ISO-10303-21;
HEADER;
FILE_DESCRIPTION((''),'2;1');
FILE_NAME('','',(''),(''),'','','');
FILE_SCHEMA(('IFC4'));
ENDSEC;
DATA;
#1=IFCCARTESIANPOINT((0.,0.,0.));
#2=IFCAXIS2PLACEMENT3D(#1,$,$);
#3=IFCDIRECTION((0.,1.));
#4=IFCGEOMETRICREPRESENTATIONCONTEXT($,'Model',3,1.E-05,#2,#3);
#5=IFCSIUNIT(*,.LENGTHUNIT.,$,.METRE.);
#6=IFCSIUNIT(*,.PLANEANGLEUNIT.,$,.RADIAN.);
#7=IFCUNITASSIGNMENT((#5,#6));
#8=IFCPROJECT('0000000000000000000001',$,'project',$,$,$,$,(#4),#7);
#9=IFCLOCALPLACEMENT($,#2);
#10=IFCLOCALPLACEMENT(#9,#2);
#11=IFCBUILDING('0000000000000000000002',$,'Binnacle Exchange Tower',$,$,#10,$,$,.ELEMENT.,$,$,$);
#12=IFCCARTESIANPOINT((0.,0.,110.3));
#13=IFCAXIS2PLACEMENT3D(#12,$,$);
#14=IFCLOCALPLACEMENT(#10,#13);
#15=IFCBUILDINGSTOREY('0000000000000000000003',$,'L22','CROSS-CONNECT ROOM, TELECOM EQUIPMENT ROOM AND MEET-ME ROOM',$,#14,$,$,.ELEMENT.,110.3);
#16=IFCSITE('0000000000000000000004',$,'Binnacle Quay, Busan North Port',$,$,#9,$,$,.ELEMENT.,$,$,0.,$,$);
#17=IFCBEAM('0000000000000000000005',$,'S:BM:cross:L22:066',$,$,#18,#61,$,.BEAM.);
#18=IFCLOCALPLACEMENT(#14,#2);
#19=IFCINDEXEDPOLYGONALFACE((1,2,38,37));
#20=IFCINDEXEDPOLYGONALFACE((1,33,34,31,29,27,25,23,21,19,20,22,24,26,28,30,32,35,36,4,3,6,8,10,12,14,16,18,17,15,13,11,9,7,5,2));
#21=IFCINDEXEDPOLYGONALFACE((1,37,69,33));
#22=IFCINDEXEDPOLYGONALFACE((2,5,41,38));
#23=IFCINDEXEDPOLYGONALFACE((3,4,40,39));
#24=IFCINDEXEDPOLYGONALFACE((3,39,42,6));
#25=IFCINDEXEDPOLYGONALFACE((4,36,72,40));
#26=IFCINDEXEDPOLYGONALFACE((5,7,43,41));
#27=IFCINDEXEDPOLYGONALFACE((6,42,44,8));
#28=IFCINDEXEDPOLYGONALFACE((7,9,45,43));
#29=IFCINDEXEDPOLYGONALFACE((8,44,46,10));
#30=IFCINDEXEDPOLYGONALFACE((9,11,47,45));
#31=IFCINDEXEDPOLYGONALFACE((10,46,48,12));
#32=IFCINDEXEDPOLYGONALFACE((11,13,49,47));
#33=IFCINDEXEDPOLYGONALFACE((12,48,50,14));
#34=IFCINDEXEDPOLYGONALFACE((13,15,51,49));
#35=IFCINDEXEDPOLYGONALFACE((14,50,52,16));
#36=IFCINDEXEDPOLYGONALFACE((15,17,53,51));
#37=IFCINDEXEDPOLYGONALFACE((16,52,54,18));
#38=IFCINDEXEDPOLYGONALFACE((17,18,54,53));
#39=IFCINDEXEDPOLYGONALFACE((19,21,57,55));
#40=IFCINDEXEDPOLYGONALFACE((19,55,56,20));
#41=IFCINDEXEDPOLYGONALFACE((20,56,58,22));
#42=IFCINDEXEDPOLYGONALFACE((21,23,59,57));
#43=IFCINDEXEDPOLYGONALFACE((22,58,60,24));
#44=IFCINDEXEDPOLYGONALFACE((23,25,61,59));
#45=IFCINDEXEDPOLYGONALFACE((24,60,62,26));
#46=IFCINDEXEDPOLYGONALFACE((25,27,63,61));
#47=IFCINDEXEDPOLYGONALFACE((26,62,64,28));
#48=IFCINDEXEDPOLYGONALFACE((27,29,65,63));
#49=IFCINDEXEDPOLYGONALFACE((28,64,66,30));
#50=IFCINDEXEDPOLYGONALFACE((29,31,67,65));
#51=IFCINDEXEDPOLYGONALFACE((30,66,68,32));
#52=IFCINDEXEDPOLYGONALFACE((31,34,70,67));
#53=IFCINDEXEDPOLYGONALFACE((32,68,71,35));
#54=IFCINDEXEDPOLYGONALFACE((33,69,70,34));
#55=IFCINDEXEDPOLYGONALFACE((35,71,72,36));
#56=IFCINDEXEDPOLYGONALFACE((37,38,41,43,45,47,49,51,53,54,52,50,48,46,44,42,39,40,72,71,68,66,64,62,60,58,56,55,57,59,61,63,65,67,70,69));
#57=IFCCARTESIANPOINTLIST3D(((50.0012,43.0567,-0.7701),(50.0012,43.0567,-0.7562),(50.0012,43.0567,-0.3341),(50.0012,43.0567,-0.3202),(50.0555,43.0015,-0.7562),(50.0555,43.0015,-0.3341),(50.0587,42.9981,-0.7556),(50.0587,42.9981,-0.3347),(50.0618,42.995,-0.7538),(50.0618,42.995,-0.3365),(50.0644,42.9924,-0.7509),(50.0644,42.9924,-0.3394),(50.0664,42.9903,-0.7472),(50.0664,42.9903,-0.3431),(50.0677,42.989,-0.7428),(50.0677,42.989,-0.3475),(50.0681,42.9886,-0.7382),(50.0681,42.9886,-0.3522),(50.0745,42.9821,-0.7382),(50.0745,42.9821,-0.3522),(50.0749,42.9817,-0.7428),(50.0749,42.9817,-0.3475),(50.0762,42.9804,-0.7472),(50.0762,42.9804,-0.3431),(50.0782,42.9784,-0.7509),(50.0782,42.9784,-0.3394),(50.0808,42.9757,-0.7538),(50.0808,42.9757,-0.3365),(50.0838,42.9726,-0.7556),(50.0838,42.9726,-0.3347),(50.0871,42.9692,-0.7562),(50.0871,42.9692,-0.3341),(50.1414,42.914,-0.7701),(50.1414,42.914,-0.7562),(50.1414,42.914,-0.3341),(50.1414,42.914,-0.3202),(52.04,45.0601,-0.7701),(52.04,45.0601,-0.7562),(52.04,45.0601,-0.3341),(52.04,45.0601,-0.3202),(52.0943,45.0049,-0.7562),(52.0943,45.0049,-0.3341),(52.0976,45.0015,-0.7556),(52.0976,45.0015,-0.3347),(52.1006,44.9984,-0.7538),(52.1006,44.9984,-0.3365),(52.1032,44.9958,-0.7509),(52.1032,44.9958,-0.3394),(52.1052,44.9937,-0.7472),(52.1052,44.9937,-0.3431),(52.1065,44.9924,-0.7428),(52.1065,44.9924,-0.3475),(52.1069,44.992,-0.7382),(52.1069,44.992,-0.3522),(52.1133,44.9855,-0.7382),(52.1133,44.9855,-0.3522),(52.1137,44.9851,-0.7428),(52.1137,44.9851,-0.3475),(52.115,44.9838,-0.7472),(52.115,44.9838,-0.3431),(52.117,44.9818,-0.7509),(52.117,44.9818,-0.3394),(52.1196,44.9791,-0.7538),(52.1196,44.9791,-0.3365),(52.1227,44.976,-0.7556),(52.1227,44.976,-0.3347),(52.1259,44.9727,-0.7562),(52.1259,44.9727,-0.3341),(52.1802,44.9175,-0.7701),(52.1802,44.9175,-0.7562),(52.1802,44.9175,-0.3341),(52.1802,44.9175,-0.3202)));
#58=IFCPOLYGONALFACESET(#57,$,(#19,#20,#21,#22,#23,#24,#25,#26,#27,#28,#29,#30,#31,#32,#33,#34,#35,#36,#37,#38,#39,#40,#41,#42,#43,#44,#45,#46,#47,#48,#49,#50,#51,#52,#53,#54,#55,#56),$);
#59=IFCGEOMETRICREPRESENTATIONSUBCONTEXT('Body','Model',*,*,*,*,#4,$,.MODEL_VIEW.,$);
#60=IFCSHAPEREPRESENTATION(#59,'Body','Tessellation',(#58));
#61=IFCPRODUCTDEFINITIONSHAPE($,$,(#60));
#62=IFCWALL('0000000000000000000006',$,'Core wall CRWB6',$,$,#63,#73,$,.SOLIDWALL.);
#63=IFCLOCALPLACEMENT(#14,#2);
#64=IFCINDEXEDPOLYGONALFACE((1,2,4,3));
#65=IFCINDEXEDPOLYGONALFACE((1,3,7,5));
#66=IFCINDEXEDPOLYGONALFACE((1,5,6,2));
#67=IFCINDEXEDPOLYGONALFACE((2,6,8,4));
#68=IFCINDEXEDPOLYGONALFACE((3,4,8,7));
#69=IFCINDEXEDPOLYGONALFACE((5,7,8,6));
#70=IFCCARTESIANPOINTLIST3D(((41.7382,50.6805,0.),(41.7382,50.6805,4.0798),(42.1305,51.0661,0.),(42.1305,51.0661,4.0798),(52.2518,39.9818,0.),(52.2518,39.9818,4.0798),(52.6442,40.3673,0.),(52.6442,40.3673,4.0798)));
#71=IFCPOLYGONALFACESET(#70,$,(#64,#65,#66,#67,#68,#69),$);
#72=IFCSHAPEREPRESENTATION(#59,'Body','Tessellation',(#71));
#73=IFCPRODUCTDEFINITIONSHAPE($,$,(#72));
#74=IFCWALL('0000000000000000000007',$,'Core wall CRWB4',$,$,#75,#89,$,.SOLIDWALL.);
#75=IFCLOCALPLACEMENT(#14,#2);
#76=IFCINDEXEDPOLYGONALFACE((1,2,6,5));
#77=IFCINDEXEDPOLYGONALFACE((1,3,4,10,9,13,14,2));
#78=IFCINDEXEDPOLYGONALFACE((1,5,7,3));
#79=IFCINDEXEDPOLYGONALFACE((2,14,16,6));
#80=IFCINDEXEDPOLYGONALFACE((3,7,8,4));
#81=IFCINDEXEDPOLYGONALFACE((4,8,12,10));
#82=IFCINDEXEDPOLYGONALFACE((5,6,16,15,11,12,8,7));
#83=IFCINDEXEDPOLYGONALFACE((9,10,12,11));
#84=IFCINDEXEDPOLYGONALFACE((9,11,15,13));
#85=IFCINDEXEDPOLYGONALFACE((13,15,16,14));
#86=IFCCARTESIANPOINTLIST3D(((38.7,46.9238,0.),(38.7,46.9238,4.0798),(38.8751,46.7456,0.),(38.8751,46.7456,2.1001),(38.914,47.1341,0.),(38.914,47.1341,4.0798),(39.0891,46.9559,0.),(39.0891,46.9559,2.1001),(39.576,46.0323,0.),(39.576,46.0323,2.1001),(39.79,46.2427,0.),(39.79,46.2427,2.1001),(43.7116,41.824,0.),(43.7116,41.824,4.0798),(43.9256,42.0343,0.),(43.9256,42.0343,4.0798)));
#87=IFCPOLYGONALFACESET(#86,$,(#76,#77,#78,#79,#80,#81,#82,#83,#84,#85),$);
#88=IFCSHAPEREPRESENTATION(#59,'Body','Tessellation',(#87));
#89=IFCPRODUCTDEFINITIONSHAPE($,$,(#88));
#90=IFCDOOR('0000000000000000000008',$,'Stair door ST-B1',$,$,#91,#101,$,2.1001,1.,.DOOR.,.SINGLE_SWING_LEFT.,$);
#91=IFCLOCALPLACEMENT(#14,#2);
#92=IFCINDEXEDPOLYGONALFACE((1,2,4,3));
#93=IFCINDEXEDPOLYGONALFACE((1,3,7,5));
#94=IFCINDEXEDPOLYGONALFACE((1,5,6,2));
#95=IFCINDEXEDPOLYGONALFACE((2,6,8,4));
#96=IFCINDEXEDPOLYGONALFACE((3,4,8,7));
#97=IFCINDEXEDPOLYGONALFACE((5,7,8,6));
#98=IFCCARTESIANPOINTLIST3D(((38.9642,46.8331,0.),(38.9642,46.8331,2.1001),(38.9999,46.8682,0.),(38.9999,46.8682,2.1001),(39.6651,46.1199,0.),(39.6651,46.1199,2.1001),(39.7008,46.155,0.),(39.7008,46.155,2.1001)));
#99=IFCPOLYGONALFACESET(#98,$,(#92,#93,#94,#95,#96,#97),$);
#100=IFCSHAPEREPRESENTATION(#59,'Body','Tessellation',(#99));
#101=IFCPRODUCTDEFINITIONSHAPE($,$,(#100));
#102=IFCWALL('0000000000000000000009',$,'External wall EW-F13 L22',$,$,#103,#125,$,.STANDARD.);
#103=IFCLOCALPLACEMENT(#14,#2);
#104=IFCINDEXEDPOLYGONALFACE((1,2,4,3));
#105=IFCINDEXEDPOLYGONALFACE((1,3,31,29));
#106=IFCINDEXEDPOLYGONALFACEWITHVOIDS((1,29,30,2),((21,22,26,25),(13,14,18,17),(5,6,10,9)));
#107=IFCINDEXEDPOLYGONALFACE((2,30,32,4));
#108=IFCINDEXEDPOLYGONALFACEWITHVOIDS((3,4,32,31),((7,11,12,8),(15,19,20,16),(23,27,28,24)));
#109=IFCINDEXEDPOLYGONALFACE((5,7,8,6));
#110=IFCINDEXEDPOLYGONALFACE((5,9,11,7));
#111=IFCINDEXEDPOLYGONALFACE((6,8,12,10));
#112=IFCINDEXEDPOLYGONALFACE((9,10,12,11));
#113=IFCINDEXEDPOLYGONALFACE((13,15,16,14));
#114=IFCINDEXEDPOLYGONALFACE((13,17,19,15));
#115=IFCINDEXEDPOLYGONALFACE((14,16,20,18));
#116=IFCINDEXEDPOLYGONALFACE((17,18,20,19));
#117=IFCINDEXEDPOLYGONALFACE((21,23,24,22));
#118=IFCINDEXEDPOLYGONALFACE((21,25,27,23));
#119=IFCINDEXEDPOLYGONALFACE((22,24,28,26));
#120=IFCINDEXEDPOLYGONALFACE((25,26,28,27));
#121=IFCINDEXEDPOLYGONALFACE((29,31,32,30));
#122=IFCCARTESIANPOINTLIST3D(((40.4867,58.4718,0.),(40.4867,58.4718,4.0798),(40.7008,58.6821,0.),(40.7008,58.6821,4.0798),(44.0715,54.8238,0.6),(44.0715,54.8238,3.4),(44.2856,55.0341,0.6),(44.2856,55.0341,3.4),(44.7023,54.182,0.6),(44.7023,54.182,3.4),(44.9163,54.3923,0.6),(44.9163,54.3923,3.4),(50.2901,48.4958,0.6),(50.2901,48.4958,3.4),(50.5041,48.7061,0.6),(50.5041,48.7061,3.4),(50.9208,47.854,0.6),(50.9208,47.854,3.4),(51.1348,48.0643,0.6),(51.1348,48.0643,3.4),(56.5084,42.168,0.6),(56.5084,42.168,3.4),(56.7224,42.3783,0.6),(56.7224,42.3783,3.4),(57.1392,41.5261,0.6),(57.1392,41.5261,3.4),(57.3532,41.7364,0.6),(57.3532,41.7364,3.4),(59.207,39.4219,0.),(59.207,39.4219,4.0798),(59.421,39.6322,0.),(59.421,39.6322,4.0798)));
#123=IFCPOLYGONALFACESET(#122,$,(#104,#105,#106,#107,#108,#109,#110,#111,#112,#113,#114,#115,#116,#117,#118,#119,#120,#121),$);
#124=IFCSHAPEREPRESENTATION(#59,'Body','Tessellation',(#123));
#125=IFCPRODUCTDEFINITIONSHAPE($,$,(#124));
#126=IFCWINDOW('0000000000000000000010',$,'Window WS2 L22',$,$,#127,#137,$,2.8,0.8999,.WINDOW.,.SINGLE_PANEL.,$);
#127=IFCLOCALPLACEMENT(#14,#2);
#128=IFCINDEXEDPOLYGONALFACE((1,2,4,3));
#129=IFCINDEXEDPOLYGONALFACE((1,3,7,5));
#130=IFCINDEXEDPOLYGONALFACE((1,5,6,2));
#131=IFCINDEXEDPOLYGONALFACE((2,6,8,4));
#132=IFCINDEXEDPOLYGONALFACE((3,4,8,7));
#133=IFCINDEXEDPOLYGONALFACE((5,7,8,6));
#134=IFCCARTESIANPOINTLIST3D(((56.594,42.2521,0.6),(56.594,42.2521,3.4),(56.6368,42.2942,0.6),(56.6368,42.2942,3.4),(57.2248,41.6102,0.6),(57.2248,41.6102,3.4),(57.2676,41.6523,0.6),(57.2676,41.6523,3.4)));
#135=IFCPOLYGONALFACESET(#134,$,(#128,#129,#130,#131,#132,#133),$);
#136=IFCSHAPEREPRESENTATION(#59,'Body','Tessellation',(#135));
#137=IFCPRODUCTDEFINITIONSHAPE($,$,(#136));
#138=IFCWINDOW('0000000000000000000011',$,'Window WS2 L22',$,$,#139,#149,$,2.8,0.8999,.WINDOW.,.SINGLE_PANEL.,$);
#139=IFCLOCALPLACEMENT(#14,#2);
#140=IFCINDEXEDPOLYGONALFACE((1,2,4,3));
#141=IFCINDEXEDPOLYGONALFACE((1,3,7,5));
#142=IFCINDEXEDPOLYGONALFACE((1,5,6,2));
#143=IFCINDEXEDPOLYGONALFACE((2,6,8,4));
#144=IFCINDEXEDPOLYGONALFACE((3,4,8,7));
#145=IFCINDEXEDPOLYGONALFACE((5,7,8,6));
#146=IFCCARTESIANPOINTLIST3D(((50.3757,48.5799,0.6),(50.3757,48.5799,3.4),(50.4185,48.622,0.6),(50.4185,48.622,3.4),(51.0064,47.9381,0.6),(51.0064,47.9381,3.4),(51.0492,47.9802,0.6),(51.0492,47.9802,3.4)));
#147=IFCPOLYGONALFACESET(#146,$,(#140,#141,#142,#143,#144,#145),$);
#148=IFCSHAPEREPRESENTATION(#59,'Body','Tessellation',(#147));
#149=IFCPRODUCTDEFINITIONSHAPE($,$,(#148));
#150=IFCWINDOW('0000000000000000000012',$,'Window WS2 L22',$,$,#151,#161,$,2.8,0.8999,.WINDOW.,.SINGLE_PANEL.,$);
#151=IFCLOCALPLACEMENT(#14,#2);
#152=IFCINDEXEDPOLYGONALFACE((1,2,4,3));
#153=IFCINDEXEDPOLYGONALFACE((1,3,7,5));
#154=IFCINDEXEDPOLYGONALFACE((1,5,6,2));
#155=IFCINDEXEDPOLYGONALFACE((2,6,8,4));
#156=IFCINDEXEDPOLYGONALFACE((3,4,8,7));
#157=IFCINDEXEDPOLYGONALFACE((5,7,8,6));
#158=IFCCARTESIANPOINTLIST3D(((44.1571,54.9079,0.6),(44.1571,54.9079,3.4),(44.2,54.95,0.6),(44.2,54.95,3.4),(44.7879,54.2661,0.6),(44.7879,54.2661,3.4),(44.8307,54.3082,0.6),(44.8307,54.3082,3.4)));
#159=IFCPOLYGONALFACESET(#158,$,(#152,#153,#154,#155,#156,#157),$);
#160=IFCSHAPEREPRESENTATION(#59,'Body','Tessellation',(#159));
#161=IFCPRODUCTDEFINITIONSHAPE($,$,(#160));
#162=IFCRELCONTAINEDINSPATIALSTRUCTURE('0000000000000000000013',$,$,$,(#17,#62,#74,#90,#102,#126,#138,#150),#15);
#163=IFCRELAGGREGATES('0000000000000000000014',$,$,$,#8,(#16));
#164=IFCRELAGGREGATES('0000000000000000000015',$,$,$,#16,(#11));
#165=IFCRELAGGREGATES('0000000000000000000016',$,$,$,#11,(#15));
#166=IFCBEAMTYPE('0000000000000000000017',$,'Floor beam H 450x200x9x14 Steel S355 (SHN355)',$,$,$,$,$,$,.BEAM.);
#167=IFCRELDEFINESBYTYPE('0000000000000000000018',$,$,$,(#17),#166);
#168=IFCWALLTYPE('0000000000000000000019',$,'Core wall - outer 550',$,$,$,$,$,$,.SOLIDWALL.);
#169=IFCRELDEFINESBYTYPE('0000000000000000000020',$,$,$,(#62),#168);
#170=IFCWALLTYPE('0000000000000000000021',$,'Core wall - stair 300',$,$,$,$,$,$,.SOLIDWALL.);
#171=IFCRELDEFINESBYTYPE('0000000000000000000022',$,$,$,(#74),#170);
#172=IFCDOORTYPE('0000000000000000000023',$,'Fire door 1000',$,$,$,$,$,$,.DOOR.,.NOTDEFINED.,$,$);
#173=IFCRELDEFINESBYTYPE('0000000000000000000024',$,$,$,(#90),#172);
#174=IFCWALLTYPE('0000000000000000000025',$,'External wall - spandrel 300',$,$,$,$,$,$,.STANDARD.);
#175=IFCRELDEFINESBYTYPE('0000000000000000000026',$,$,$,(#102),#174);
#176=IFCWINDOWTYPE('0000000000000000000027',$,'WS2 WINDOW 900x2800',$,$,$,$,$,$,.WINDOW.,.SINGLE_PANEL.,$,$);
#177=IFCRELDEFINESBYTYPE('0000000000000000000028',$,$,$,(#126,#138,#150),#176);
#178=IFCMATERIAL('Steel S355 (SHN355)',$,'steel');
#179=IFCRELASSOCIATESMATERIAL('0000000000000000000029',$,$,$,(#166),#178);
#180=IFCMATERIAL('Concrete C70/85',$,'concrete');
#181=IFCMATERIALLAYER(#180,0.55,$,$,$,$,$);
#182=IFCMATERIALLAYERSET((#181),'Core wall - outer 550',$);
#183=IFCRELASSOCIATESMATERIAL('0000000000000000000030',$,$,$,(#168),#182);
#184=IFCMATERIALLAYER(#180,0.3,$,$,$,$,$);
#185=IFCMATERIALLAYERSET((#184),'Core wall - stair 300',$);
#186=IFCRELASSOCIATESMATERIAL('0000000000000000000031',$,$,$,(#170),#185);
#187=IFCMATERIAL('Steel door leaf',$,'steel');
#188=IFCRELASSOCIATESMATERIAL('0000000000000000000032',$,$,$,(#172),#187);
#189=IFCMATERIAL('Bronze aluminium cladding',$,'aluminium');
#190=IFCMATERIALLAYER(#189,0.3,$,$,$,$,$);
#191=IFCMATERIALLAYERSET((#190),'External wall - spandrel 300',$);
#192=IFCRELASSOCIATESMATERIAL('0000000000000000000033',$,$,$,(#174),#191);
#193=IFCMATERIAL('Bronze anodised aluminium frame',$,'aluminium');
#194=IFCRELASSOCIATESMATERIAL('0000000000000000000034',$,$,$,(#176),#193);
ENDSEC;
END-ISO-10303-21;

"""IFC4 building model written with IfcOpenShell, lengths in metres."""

from ifc_helpers import new_model, si_unit, direction, frame, frame_2d, origin, origin_2d, place, context, subcontext, project, spatial, rectangle, i_section, extrude, material, layer, layer_set, material_profile, profile_set, type_object, element, fill, save


model = new_model("IFC4")

# Units and contexts
model_context = context("Model", 3, precision=1e-05, world=origin(), true_north=direction((0.0, 1.0)))
body_context = subcontext(model_context, "Body", "Model", "MODEL_VIEW")
ifc_project = project(units=[si_unit("LENGTHUNIT", "METRE"), si_unit("PLANEANGLEUNIT", "RADIAN")], contexts=[model_context])

# Site, building, storey
site_placement = place(None, origin())
site = spatial("IfcSite", under=ifc_project, at=site_placement, Name="Binnacle Quay, Busan North Port", CompositionType="ELEMENT", RefElevation=0.0)
building_placement = place(site_placement, origin())
building = spatial("IfcBuilding", under=site, at=building_placement, Name="Binnacle Exchange Tower", CompositionType="ELEMENT")
storey_placement = place(building_placement, frame((0.0, 0.0, 110.3)))
storey = spatial("IfcBuildingStorey", under=building, at=storey_placement, Name="L22", Description="CROSS-CONNECT ROOM, TELECOM EQUIPMENT ROOM AND MEET-ME ROOM", CompositionType="ELEMENT", Elevation=110.3)

# Shared definitions
ifc_material_1 = material(Name="Concrete C70/85", Category="concrete")

# Beam
ifc_material_2 = material(Name="Steel S355 (SHN355)", Category="steel")
ifc_material_profile_1 = material_profile(ifc_material_2, i_section(OverallWidth=0.2, OverallDepth=0.45, WebThickness=0.009, FlangeThickness=0.0139, FilletRadius=0.0181, at=origin_2d()), Name="H 450x200x9x14")
ifc_profile_set_1 = profile_set([ifc_material_profile_1], Name="Steel S355 (SHN355)")
beam_type_1 = type_object("IfcBeamType", Name="Floor beam H 450x200x9x14 Steel S355 (SHN355)", PredefinedType="BEAM", material=ifc_profile_set_1)
for number, where, z_axis, x_axis, name in (
    (1, (52.1101, 44.9888, -0.5452), (-0.713272, -0.700887, 0.0), (0.700887, -0.713272, 0.0), "S:BM:cross:L22:066"),
):
    element("IfcBeam", number, at=place(storey_placement, frame(where, z_axis=z_axis, x_axis=x_axis)), inside=storey, type_object=beam_type_1, Name=name, PredefinedType="BEAM", context=body_context, shape_type="SweptSolid", body=[
        extrude(i_section(OverallWidth=0.2, OverallDepth=0.45, WebThickness=0.009, FlangeThickness=0.0139, FilletRadius=0.0181, at=origin_2d()), origin(), (0.0, 0.0, 1.0), 2.8584),
    ])

# Wall
ifc_layer_1 = layer(ifc_material_1, 0.55)
ifc_layer_set_1 = layer_set([ifc_layer_1], Name="Core wall - outer 550")
wall_type_1 = type_object("IfcWallType", Name="Core wall - outer 550", PredefinedType="SOLIDWALL", material=ifc_layer_set_1)
wall_1_placement = place(storey_placement, frame((41.9343, 50.8733, 0.0), z_axis=(0.0, 0.0, 1.0), x_axis=(0.700911, -0.713248, 0.0)))
element("IfcWall", 2, at=wall_1_placement, inside=storey, type_object=wall_type_1, Name="Core wall CRWB6", PredefinedType="SOLIDWALL", context=body_context, shape_type="SweptSolid", body=[
    extrude(rectangle(XDim=15.0, YDim=0.55, at=frame_2d((7.5, 0.0))), origin(), (0.0, 0.0, 1.0), 4.0798),
])

# Wall, opening, door
ifc_layer_2 = layer(ifc_material_1, 0.3)
ifc_layer_set_2 = layer_set([ifc_layer_2], Name="Core wall - stair 300")
wall_type_2 = type_object("IfcWallType", Name="Core wall - stair 300", PredefinedType="SOLIDWALL", material=ifc_layer_set_2)
wall_2_placement = place(storey_placement, frame((38.8069, 47.0291, 0.0), z_axis=(0.0, 0.0, 1.0), x_axis=(0.700917, -0.713243, 0.0)))
wall_2 = element("IfcWall", 3, at=wall_2_placement, inside=storey, type_object=wall_type_2, Name="Core wall CRWB4", PredefinedType="SOLIDWALL", context=body_context, shape_type="SweptSolid", body=[
    extrude(rectangle(XDim=7.1501, YDim=0.3, at=frame_2d((3.5752, 0.0))), origin(), (0.0, 0.0, 1.0), 4.0798),
])
opening_1_placement = place(wall_2_placement, frame((0.25, 0.0, 0.0)))
opening_1 = element("IfcOpeningElement", 4, at=opening_1_placement, cuts=wall_2, PredefinedType="OPENING", context=body_context, shape_type="SweptSolid", body=[
    extrude(rectangle(XDim=1.0, YDim=2.1001, at=frame_2d((0.5, 1.05))), frame((0.0, 0.1599, 0.0), z_axis=(0.0, -1.0, 0.0), x_axis=(1.0, 0.0, 0.0)), (0.0, 0.0, 1.0), 0.3201),
])
ifc_material_3 = material(Name="Steel door leaf", Category="steel")
door_type = type_object("IfcDoorType", Name="Fire door 1000", OperationType="NOTDEFINED", PredefinedType="DOOR", material=ifc_material_3)
door_1_placement = place(opening_1_placement, origin())
door_1 = element("IfcDoor", 5, at=door_1_placement, inside=storey, type_object=door_type, Name="Stair door ST-B1", OperationType="SINGLE_SWING_LEFT", OverallHeight=2.1001, OverallWidth=1.0, PredefinedType="DOOR", context=body_context, shape_type="SweptSolid", body=[
    extrude(rectangle(XDim=1.0, YDim=2.1001, at=frame_2d((0.5, 1.05))), frame((0.0, 0.0249, 0.0), z_axis=(0.0, -1.0, 0.0), x_axis=(1.0, 0.0, 0.0)), (0.0, 0.0, 1.0), 0.05),
])
fill(opening_1, door_1)

# Wall, openings, windows
ifc_material_4 = material(Name="Bronze aluminium cladding", Category="aluminium")
ifc_layer_3 = layer(ifc_material_4, 0.3)
ifc_layer_set_3 = layer_set([ifc_layer_3], Name="External wall - spandrel 300")
wall_type_3 = type_object("IfcWallType", Name="External wall - spandrel 300", PredefinedType="STANDARD", material=ifc_layer_set_3)
wall_3_placement = place(storey_placement, frame((40.5938, 58.5769, 0.0), z_axis=(0.0, 0.0, 1.0), x_axis=(0.70091, -0.71325, 0.0)))
wall_3 = element("IfcWall", 6, at=wall_3_placement, inside=storey, type_object=wall_type_3, Name="External wall EW-F13 L22", PredefinedType="STANDARD", context=body_context, shape_type="SweptSolid", body=[
    extrude(rectangle(XDim=26.7085, YDim=0.3, at=frame_2d((13.3542, 0.0))), origin(), (0.0, 0.0, 1.0), 4.0798),
])
opening_2_placement = place(wall_3_placement, frame((22.8584, 0.0, 0.6001)))
opening_2 = element("IfcOpeningElement", 7, at=opening_2_placement, cuts=wall_3, PredefinedType="OPENING", context=body_context, shape_type="SweptSolid", body=[
    extrude(rectangle(XDim=0.8999, YDim=2.8, at=frame_2d((0.45, 1.3999))), frame((0.0, 0.1599, 0.0), z_axis=(0.0, -1.0, 0.0), x_axis=(1.0, 0.0, 0.0)), (0.0, 0.0, 1.0), 0.3201),
])
opening_3_placement = place(wall_3_placement, frame((13.9866, 0.0, 0.6001)))
opening_3 = element("IfcOpeningElement", 8, at=opening_3_placement, cuts=wall_3, PredefinedType="OPENING", context=body_context, shape_type="SweptSolid", body=[
    extrude(rectangle(XDim=0.8999, YDim=2.8, at=frame_2d((0.45, 1.3999))), frame((0.0, 0.1599, 0.0), z_axis=(0.0, -1.0, 0.0), x_axis=(1.0, 0.0, 0.0)), (0.0, 0.0, 1.0), 0.3201),
])
opening_4_placement = place(wall_3_placement, frame((5.1145, 0.0, 0.6001)))
opening_4 = element("IfcOpeningElement", 9, at=opening_4_placement, cuts=wall_3, PredefinedType="OPENING", context=body_context, shape_type="SweptSolid", body=[
    extrude(rectangle(XDim=0.8999, YDim=2.8, at=frame_2d((0.45, 1.3999))), frame((0.0, 0.1599, 0.0), z_axis=(0.0, -1.0, 0.0), x_axis=(1.0, 0.0, 0.0)), (0.0, 0.0, 1.0), 0.3201),
])
ifc_material_5 = material(Name="Bronze anodised aluminium frame", Category="aluminium")
window_type = type_object("IfcWindowType", Name="WS2 WINDOW 900x2800", PartitioningType="SINGLE_PANEL", PredefinedType="WINDOW", material=ifc_material_5)
window_1_placement = place(opening_2_placement, origin())
window_1 = element("IfcWindow", 10, at=window_1_placement, inside=storey, type_object=window_type, Name="Window WS2 L22", OverallHeight=2.8, OverallWidth=0.8999, PartitioningType="SINGLE_PANEL", PredefinedType="WINDOW", context=body_context, shape_type="SweptSolid", body=[
    extrude(rectangle(XDim=0.8999, YDim=2.8, at=frame_2d((0.45, 1.3999))), frame((0.0, 0.03, 0.0), z_axis=(0.0, -1.0, 0.0), x_axis=(1.0, 0.0, 0.0)), (0.0, 0.0, 1.0), 0.0601),
])
fill(opening_2, window_1)
window_2_placement = place(opening_3_placement, origin())
window_2 = element("IfcWindow", 11, at=window_2_placement, inside=storey, type_object=window_type, Name="Window WS2 L22", OverallHeight=2.8, OverallWidth=0.8999, PartitioningType="SINGLE_PANEL", PredefinedType="WINDOW", context=body_context, shape_type="SweptSolid", body=[
    extrude(rectangle(XDim=0.8999, YDim=2.8, at=frame_2d((0.45, 1.3999))), frame((0.0, 0.03, 0.0), z_axis=(0.0, -1.0, 0.0), x_axis=(1.0, 0.0, 0.0)), (0.0, 0.0, 1.0), 0.0601),
])
fill(opening_3, window_2)
window_3_placement = place(opening_4_placement, origin())
window_3 = element("IfcWindow", 12, at=window_3_placement, inside=storey, type_object=window_type, Name="Window WS2 L22", OverallHeight=2.8, OverallWidth=0.8999, PartitioningType="SINGLE_PANEL", PredefinedType="WINDOW", context=body_context, shape_type="SweptSolid", body=[
    extrude(rectangle(XDim=0.8999, YDim=2.8, at=frame_2d((0.45, 1.3999))), frame((0.0, 0.03, 0.0), z_axis=(0.0, -1.0, 0.0), x_axis=(1.0, 0.0, 0.0)), (0.0, 0.0, 1.0), 0.0601),
])
fill(opening_4, window_3)

save(model, "model.ifc")
